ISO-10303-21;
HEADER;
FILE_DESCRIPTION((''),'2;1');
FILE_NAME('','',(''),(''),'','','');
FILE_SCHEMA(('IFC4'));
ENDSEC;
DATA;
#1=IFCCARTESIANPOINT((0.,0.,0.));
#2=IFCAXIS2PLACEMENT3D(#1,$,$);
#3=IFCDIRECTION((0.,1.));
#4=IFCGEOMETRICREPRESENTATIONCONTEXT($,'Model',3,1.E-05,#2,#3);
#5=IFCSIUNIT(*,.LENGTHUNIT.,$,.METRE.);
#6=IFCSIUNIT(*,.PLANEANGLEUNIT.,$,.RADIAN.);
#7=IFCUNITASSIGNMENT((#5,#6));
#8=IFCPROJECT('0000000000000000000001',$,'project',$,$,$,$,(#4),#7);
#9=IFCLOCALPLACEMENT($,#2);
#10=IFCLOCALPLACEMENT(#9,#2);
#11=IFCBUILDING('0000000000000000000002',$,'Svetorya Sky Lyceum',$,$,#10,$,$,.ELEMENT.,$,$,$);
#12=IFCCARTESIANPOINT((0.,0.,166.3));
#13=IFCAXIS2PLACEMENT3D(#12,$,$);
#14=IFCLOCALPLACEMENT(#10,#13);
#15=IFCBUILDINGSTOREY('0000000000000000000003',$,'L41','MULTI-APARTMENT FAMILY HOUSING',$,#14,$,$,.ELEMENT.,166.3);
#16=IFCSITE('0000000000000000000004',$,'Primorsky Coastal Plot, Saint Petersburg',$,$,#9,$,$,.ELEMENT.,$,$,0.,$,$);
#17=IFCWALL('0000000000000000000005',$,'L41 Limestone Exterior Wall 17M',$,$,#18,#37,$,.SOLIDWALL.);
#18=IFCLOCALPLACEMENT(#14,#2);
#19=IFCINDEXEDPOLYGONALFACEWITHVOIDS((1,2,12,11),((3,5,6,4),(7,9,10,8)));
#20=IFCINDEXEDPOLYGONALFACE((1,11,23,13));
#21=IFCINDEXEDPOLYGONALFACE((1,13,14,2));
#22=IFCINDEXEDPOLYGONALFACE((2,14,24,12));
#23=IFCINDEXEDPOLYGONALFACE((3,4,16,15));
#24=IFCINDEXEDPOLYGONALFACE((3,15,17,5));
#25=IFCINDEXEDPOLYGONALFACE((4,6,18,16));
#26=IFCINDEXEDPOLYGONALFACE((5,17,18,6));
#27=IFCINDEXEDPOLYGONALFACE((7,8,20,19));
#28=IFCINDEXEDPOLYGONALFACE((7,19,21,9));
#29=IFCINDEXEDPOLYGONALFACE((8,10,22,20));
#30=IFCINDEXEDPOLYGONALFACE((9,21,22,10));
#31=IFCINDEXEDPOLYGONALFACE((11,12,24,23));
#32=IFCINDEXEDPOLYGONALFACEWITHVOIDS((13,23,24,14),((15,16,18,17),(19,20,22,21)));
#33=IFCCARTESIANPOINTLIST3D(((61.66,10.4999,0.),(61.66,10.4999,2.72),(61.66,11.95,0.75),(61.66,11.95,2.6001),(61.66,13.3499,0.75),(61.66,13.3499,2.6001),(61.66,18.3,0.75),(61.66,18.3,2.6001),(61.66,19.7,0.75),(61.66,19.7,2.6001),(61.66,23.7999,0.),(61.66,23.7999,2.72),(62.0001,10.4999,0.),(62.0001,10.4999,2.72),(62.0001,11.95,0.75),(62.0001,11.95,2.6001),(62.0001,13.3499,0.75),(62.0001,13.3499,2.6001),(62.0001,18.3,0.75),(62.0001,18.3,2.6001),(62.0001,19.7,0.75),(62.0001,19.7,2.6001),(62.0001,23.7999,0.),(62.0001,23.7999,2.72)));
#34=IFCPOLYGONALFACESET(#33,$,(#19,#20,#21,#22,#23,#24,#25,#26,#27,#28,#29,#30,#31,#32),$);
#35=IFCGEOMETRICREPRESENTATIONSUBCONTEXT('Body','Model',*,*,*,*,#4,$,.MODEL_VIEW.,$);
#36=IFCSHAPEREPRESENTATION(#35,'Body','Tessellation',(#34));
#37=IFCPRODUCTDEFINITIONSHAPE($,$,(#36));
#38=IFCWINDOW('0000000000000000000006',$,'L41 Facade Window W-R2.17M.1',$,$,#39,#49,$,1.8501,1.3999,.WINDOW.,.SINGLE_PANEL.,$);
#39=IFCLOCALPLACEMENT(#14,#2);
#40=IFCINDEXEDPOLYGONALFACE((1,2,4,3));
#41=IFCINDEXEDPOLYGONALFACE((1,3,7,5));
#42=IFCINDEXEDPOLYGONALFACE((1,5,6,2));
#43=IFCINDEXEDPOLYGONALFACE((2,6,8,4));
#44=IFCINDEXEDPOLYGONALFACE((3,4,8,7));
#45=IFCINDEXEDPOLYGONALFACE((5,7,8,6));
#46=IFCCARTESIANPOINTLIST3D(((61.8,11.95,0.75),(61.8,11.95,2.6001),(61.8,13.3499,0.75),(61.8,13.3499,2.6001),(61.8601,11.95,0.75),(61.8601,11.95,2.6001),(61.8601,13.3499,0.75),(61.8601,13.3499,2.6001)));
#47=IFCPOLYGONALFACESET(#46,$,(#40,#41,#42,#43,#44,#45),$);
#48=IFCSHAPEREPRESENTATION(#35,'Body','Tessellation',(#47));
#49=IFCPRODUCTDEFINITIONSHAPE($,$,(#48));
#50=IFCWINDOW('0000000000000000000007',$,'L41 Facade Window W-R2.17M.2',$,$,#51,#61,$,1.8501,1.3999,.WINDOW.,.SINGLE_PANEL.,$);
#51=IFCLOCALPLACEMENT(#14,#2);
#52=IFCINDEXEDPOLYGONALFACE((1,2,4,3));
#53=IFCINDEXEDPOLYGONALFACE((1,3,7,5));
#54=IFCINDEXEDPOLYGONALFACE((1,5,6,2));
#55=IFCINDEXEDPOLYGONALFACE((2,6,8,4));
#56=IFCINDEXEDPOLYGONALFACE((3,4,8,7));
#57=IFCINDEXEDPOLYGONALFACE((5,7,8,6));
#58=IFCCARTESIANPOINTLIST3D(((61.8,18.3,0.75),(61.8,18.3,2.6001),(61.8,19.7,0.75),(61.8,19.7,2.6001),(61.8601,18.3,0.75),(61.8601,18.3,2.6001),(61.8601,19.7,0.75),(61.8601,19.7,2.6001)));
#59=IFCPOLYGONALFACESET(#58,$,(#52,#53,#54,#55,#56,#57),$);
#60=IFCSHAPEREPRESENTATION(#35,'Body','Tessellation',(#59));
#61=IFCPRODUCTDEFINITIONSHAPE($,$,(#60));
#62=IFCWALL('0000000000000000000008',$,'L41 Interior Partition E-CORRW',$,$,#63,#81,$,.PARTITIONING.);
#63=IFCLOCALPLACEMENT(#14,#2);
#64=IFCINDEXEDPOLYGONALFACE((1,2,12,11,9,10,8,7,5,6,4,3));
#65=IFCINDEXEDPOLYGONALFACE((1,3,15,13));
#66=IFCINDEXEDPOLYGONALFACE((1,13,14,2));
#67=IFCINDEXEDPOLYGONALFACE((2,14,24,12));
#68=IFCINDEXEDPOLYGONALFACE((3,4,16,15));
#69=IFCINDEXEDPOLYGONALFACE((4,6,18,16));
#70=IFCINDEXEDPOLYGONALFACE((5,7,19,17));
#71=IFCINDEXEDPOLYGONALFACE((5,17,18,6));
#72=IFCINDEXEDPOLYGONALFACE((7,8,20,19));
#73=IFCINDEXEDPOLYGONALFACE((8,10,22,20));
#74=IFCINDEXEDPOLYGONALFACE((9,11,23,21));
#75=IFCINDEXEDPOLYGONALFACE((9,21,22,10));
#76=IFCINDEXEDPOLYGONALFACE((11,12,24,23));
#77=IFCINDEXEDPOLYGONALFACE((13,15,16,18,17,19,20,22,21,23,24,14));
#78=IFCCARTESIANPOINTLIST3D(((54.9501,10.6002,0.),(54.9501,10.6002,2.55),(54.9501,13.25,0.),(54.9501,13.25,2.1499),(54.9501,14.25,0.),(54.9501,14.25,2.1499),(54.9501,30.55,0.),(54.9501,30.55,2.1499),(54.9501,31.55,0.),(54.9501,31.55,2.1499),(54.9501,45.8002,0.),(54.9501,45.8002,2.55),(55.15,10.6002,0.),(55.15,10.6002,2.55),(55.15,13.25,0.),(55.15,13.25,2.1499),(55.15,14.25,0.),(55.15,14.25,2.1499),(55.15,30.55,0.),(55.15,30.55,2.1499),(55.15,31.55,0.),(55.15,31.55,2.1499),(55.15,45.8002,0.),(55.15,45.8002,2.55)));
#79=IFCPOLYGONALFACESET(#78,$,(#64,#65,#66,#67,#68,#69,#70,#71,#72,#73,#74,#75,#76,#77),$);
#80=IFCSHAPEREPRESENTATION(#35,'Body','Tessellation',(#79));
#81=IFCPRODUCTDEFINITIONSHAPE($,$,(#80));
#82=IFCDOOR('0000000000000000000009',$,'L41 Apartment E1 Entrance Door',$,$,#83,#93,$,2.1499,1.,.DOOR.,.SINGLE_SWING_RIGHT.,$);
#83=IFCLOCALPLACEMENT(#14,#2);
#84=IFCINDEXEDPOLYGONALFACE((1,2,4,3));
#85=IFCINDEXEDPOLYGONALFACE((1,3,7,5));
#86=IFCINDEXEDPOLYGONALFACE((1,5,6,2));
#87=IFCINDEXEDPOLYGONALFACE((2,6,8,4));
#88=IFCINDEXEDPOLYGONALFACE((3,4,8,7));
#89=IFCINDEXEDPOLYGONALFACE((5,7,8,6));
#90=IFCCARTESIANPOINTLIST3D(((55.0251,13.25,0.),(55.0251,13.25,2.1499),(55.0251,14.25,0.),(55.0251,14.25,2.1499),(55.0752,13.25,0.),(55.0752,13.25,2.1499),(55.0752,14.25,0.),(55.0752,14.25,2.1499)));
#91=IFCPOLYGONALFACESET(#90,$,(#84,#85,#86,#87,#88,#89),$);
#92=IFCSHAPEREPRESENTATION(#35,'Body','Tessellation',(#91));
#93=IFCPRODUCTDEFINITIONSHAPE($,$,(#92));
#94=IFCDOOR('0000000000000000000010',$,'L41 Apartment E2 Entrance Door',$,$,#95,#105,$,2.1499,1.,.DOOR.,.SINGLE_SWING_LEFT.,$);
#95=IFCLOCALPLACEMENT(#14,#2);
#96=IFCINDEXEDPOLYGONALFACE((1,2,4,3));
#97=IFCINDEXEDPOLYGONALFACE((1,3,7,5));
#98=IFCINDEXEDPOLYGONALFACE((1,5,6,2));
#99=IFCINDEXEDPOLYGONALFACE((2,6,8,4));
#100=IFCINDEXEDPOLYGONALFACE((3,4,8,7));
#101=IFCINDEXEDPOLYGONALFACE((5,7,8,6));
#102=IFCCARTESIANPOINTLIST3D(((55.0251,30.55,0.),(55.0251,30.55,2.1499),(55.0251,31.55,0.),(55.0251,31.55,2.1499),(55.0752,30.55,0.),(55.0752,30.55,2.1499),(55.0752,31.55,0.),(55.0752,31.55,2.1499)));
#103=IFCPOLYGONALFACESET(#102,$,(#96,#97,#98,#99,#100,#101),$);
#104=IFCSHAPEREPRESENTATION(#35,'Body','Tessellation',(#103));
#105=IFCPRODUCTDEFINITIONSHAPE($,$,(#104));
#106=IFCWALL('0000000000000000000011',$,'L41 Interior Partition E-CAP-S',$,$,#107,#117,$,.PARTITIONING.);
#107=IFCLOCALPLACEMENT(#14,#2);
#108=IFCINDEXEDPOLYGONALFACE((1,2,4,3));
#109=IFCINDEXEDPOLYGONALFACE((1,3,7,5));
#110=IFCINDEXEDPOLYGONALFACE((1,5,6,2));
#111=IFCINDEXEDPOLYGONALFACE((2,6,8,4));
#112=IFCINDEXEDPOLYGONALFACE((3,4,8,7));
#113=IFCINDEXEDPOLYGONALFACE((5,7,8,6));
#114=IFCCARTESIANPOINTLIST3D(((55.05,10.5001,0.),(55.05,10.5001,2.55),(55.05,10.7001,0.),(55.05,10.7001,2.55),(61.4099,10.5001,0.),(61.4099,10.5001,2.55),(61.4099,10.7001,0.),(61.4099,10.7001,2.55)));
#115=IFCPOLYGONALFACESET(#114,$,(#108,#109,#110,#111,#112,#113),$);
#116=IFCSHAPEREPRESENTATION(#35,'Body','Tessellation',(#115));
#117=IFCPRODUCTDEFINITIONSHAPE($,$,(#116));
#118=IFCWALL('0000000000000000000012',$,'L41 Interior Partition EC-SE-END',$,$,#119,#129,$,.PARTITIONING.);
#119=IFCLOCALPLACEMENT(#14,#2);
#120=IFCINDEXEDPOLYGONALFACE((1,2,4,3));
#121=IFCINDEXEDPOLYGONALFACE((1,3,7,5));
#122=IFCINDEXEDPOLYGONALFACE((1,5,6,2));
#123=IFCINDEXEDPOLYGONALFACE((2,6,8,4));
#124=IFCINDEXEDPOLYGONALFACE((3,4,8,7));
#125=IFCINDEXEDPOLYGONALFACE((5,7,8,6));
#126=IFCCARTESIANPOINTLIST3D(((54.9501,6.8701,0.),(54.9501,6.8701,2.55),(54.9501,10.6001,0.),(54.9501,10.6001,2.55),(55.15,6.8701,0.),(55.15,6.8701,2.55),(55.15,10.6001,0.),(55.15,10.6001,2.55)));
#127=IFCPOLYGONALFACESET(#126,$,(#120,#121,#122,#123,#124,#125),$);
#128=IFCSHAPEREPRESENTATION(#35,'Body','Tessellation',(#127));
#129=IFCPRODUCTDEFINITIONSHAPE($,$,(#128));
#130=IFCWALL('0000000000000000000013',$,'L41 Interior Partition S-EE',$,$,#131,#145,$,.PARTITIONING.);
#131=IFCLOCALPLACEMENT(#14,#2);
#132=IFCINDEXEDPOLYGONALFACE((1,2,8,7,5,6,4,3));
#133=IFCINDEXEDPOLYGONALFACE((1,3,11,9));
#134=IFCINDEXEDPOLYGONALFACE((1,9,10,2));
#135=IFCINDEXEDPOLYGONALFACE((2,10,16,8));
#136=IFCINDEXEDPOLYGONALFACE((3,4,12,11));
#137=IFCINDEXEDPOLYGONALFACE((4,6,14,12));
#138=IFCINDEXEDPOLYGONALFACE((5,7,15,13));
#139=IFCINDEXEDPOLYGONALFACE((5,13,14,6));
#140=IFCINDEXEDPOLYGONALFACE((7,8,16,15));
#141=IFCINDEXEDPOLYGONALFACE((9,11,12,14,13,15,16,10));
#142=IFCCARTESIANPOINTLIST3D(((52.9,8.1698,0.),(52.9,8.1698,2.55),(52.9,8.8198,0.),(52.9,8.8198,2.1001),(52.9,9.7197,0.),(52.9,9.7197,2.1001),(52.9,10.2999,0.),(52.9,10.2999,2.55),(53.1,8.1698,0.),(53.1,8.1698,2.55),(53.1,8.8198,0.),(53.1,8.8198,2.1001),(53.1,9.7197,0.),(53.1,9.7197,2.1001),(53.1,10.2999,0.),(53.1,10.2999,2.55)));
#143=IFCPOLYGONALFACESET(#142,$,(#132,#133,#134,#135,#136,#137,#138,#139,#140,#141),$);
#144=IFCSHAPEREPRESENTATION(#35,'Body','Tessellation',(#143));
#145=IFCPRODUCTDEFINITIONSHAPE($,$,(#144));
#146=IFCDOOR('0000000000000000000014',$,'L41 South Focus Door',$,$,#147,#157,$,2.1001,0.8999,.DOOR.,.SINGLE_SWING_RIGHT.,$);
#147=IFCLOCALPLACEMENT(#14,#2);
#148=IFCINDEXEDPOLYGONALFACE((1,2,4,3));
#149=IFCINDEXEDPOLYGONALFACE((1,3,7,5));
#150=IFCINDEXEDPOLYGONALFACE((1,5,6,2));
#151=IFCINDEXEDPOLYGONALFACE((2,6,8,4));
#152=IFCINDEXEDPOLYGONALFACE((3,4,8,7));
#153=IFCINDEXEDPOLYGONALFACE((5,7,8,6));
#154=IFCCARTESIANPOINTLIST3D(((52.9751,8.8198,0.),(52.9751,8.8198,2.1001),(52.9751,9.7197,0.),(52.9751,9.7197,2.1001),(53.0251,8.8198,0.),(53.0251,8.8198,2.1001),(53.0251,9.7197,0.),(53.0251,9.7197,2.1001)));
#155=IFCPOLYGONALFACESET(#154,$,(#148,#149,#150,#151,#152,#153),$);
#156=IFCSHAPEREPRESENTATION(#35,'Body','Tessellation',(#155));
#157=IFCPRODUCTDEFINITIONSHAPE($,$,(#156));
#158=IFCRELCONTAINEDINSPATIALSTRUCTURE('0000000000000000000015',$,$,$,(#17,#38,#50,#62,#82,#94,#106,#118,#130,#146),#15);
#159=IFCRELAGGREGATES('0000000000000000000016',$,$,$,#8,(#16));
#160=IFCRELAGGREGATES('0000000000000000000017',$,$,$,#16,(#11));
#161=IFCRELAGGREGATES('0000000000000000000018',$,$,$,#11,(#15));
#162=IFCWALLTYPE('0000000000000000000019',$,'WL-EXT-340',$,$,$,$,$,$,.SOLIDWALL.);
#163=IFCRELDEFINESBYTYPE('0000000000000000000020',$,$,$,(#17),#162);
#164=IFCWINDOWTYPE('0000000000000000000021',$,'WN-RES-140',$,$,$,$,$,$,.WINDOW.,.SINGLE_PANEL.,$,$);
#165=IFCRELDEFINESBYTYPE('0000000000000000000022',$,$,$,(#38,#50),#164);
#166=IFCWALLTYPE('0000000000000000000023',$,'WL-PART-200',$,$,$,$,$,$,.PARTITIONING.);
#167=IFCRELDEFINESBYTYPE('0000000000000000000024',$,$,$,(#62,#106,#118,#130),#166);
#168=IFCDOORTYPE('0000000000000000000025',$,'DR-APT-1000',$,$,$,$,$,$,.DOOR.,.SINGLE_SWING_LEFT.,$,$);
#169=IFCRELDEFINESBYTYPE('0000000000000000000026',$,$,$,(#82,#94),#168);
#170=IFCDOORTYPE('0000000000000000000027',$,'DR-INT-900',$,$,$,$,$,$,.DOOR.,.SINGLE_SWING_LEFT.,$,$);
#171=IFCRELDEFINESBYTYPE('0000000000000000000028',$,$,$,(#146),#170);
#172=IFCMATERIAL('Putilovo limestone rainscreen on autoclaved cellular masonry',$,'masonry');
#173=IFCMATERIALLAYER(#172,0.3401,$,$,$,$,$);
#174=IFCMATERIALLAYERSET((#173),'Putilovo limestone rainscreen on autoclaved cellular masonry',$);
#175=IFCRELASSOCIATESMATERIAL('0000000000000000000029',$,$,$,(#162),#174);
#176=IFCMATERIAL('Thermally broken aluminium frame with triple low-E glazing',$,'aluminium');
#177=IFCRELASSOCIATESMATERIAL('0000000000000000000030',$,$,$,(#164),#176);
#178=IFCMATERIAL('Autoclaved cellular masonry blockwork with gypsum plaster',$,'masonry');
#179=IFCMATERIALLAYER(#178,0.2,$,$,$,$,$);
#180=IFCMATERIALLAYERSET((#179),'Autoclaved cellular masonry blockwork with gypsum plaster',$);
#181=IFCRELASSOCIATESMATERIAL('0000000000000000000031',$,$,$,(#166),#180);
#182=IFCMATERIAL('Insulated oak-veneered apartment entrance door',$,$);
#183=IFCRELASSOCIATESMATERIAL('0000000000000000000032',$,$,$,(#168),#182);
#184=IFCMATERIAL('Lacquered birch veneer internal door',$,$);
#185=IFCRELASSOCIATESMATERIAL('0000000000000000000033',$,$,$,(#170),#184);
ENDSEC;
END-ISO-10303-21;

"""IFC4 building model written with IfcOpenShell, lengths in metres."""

from ifc_helpers import new_model, si_unit, direction, frame, frame_2d, origin, place, context, subcontext, project, spatial, rectangle, extrude, material, layer, layer_set, type_object, element, fill, save


model = new_model("IFC4")

# Units and contexts
model_context = context("Model", 3, precision=1e-05, world=origin(), true_north=direction((0.0, 1.0)))
body_context = subcontext(model_context, "Body", "Model", "MODEL_VIEW")
ifc_project = project(units=[si_unit("LENGTHUNIT", "METRE"), si_unit("PLANEANGLEUNIT", "RADIAN")], contexts=[model_context])

# Site, building, storey
site_placement = place(None, origin())
site = spatial("IfcSite", under=ifc_project, at=site_placement, Name="Primorsky Coastal Plot, Saint Petersburg", CompositionType="ELEMENT", RefElevation=0.0)
building_placement = place(site_placement, origin())
building = spatial("IfcBuilding", under=site, at=building_placement, Name="Svetorya Sky Lyceum", CompositionType="ELEMENT")
storey_placement = place(building_placement, frame((0.0, 0.0, 166.3)))
storey = spatial("IfcBuildingStorey", under=building, at=storey_placement, Name="L41", Description="MULTI-APARTMENT FAMILY HOUSING", CompositionType="ELEMENT", Elevation=166.3)

# Shared definitions
ifc_material_1 = material(Name="Putilovo limestone rainscreen on autoclaved cellular masonry", Category="masonry")
ifc_layer_1 = layer(ifc_material_1, 0.3401)
ifc_layer_set_1 = layer_set([ifc_layer_1], Name="Putilovo limestone rainscreen on autoclaved cellular masonry")
wall_type_1 = type_object("IfcWallType", Name="WL-EXT-340", PredefinedType="SOLIDWALL", material=ifc_layer_set_1)

# Wall, openings, windows
wall_1_placement = place(storey_placement, frame((61.8301, 10.5, 0.0), z_axis=(0.0, 0.0, 1.0), x_axis=(0.0, 1.0, 0.0)))
wall_1 = element("IfcWall", 1, at=wall_1_placement, inside=storey, type_object=wall_type_1, Name="L41 Limestone Exterior Wall 17M", PredefinedType="SOLIDWALL", context=body_context, shape_type="SweptSolid", body=[
    extrude(rectangle(XDim=13.3, YDim=0.3401, at=frame_2d((6.6499, 0.0))), origin(), (0.0, 0.0, 1.0), 2.72),
])
opening_1_placement = place(wall_1_placement, frame((1.45, 0.0, 0.75)))
opening_1 = element("IfcOpeningElement", 2, at=opening_1_placement, cuts=wall_1, PredefinedType="OPENING", context=body_context, shape_type="SweptSolid", body=[
    extrude(rectangle(XDim=1.3999, YDim=1.8501, at=frame_2d((0.7, 0.925))), frame((0.0, 0.1799, 0.0), z_axis=(0.0, -1.0, 0.0), x_axis=(1.0, 0.0, 0.0)), (0.0, 0.0, 1.0), 0.3601),
])
opening_2_placement = place(wall_1_placement, frame((7.8, 0.0, 0.75)))
opening_2 = element("IfcOpeningElement", 3, at=opening_2_placement, cuts=wall_1, PredefinedType="OPENING", context=body_context, shape_type="SweptSolid", body=[
    extrude(rectangle(XDim=1.3999, YDim=1.8501, at=frame_2d((0.7, 0.925))), frame((0.0, 0.1799, 0.0), z_axis=(0.0, -1.0, 0.0), x_axis=(1.0, 0.0, 0.0)), (0.0, 0.0, 1.0), 0.3601),
])
ifc_material_2 = material(Name="Thermally broken aluminium frame with triple low-E glazing", Category="aluminium")
window_type = type_object("IfcWindowType", Name="WN-RES-140", PartitioningType="SINGLE_PANEL", PredefinedType="WINDOW", material=ifc_material_2)
window_1_placement = place(opening_1_placement, origin())
window_1 = element("IfcWindow", 4, at=window_1_placement, inside=storey, type_object=window_type, Name="L41 Facade Window W-R2.17M.1", OverallHeight=1.8501, OverallWidth=1.3999, PartitioningType="SINGLE_PANEL", PredefinedType="WINDOW", context=body_context, shape_type="SweptSolid", body=[
    extrude(rectangle(XDim=1.3999, YDim=1.8501, at=frame_2d((0.7, 0.925))), frame((0.0, 0.03, 0.0), z_axis=(0.0, -1.0, 0.0), x_axis=(1.0, 0.0, 0.0)), (0.0, 0.0, 1.0), 0.0601),
])
fill(opening_1, window_1)
window_2_placement = place(opening_2_placement, origin())
window_2 = element("IfcWindow", 5, at=window_2_placement, inside=storey, type_object=window_type, Name="L41 Facade Window W-R2.17M.2", OverallHeight=1.8501, OverallWidth=1.3999, PartitioningType="SINGLE_PANEL", PredefinedType="WINDOW", context=body_context, shape_type="SweptSolid", body=[
    extrude(rectangle(XDim=1.3999, YDim=1.8501, at=frame_2d((0.7, 0.925))), frame((0.0, 0.03, 0.0), z_axis=(0.0, -1.0, 0.0), x_axis=(1.0, 0.0, 0.0)), (0.0, 0.0, 1.0), 0.0601),
])
fill(opening_2, window_2)

# Wall, openings, doors
ifc_material_3 = material(Name="Autoclaved cellular masonry blockwork with gypsum plaster", Category="masonry")
ifc_layer_2 = layer(ifc_material_3, 0.2)
ifc_layer_set_2 = layer_set([ifc_layer_2], Name="Autoclaved cellular masonry blockwork with gypsum plaster")
wall_type_2 = type_object("IfcWallType", Name="WL-PART-200", PredefinedType="PARTITIONING", material=ifc_layer_set_2)
wall_2_placement = place(storey_placement, frame((55.05, 10.6001, 0.0), z_axis=(0.0, 0.0, 1.0), x_axis=(0.0, 1.0, 0.0)))
wall_2 = element("IfcWall", 6, at=wall_2_placement, inside=storey, type_object=wall_type_2, Name="L41 Interior Partition E-CORRW", PredefinedType="PARTITIONING", context=body_context, shape_type="SweptSolid", body=[
    extrude(rectangle(XDim=35.2, YDim=0.2, at=frame_2d((17.6001, 0.0))), origin(), (0.0, 0.0, 1.0), 2.55),
])
opening_3_placement = place(wall_2_placement, frame((2.6499, 0.0, 0.0)))
opening_3 = element("IfcOpeningElement", 7, at=opening_3_placement, cuts=wall_2, PredefinedType="OPENING", context=body_context, shape_type="SweptSolid", body=[
    extrude(rectangle(XDim=1.0, YDim=2.1499, at=frame_2d((0.5, 1.075))), frame((0.0, 0.1099, 0.0), z_axis=(0.0, -1.0, 0.0), x_axis=(1.0, 0.0, 0.0)), (0.0, 0.0, 1.0), 0.22),
])
opening_4_placement = place(wall_2_placement, frame((19.95, 0.0, 0.0)))
opening_4 = element("IfcOpeningElement", 8, at=opening_4_placement, cuts=wall_2, PredefinedType="OPENING", context=body_context, shape_type="SweptSolid", body=[
    extrude(rectangle(XDim=1.0, YDim=2.1499, at=frame_2d((0.5, 1.075))), frame((0.0, 0.1099, 0.0), z_axis=(0.0, -1.0, 0.0), x_axis=(1.0, 0.0, 0.0)), (0.0, 0.0, 1.0), 0.22),
])
ifc_material_4 = material(Name="Insulated oak-veneered apartment entrance door")
door_type_1 = type_object("IfcDoorType", Name="DR-APT-1000", OperationType="SINGLE_SWING_LEFT", PredefinedType="DOOR", material=ifc_material_4)
door_1_placement = place(opening_3_placement, origin())
door_1 = element("IfcDoor", 9, at=door_1_placement, inside=storey, type_object=door_type_1, Name="L41 Apartment E1 Entrance Door", OperationType="SINGLE_SWING_RIGHT", OverallHeight=2.1499, OverallWidth=1.0, PredefinedType="DOOR", context=body_context, shape_type="SweptSolid", body=[
    extrude(rectangle(XDim=1.0, YDim=2.1499, at=frame_2d((0.5, 1.075))), frame((0.0, 0.0249, 0.0), z_axis=(0.0, -1.0, 0.0), x_axis=(1.0, 0.0, 0.0)), (0.0, 0.0, 1.0), 0.05),
])
fill(opening_3, door_1)
door_2_placement = place(opening_4_placement, origin())
door_2 = element("IfcDoor", 10, at=door_2_placement, inside=storey, type_object=door_type_1, Name="L41 Apartment E2 Entrance Door", OperationType="SINGLE_SWING_LEFT", OverallHeight=2.1499, OverallWidth=1.0, PredefinedType="DOOR", context=body_context, shape_type="SweptSolid", body=[
    extrude(rectangle(XDim=1.0, YDim=2.1499, at=frame_2d((0.5, 1.075))), frame((0.0, 0.0249, 0.0), z_axis=(0.0, -1.0, 0.0), x_axis=(1.0, 0.0, 0.0)), (0.0, 0.0, 1.0), 0.05),
])
fill(opening_4, door_2)

# Walls
wall_3_placement = place(storey_placement, frame((55.05, 10.6001, 0.0), z_axis=(0.0, 0.0, 1.0), x_axis=(1.0, 0.0, 0.0)))
element("IfcWall", 11, at=wall_3_placement, inside=storey, type_object=wall_type_2, Name="L41 Interior Partition E-CAP-S", PredefinedType="PARTITIONING", context=body_context, shape_type="SweptSolid", body=[
    extrude(rectangle(XDim=6.3599, YDim=0.2, at=frame_2d((3.1799, 0.0))), origin(), (0.0, 0.0, 1.0), 2.55),
])
wall_4_placement = place(storey_placement, frame((55.05, 6.8701, 0.0), z_axis=(0.0, 0.0, 1.0), x_axis=(0.0, 1.0, 0.0)))
element("IfcWall", 12, at=wall_4_placement, inside=storey, type_object=wall_type_2, Name="L41 Interior Partition EC-SE-END", PredefinedType="PARTITIONING", context=body_context, shape_type="SweptSolid", body=[
    extrude(rectangle(XDim=3.73, YDim=0.2, at=frame_2d((1.865, 0.0))), origin(), (0.0, 0.0, 1.0), 2.55),
])

# Wall, opening, door
wall_5_placement = place(storey_placement, frame((53.0, 8.1699, 0.0), z_axis=(0.0, 0.0, 1.0), x_axis=(0.0, 1.0, 0.0)))
wall_5 = element("IfcWall", 13, at=wall_5_placement, inside=storey, type_object=wall_type_2, Name="L41 Interior Partition S-EE", PredefinedType="PARTITIONING", context=body_context, shape_type="SweptSolid", body=[
    extrude(rectangle(XDim=2.1301, YDim=0.2, at=frame_2d((1.0649, 0.0))), origin(), (0.0, 0.0, 1.0), 2.55),
])
opening_5_placement = place(wall_5_placement, frame((0.6499, 0.0, 0.0)))
opening_5 = element("IfcOpeningElement", 14, at=opening_5_placement, cuts=wall_5, PredefinedType="OPENING", context=body_context, shape_type="SweptSolid", body=[
    extrude(rectangle(XDim=0.8999, YDim=2.1001, at=frame_2d((0.45, 1.05))), frame((0.0, 0.1099, 0.0), z_axis=(0.0, -1.0, 0.0), x_axis=(1.0, 0.0, 0.0)), (0.0, 0.0, 1.0), 0.22),
])
ifc_material_5 = material(Name="Lacquered birch veneer internal door")
door_type_2 = type_object("IfcDoorType", Name="DR-INT-900", OperationType="SINGLE_SWING_LEFT", PredefinedType="DOOR", material=ifc_material_5)
door_3_placement = place(opening_5_placement, origin())
door_3 = element("IfcDoor", 15, at=door_3_placement, inside=storey, type_object=door_type_2, Name="L41 South Focus Door", OperationType="SINGLE_SWING_RIGHT", OverallHeight=2.1001, OverallWidth=0.8999, PredefinedType="DOOR", context=body_context, shape_type="SweptSolid", body=[
    extrude(rectangle(XDim=0.8999, YDim=2.1001, at=frame_2d((0.45, 1.05))), frame((0.0, 0.0249, 0.0), z_axis=(0.0, -1.0, 0.0), x_axis=(1.0, 0.0, 0.0)), (0.0, 0.0, 1.0), 0.05),
])
fill(opening_5, door_3)

save(model, "model.ifc")
